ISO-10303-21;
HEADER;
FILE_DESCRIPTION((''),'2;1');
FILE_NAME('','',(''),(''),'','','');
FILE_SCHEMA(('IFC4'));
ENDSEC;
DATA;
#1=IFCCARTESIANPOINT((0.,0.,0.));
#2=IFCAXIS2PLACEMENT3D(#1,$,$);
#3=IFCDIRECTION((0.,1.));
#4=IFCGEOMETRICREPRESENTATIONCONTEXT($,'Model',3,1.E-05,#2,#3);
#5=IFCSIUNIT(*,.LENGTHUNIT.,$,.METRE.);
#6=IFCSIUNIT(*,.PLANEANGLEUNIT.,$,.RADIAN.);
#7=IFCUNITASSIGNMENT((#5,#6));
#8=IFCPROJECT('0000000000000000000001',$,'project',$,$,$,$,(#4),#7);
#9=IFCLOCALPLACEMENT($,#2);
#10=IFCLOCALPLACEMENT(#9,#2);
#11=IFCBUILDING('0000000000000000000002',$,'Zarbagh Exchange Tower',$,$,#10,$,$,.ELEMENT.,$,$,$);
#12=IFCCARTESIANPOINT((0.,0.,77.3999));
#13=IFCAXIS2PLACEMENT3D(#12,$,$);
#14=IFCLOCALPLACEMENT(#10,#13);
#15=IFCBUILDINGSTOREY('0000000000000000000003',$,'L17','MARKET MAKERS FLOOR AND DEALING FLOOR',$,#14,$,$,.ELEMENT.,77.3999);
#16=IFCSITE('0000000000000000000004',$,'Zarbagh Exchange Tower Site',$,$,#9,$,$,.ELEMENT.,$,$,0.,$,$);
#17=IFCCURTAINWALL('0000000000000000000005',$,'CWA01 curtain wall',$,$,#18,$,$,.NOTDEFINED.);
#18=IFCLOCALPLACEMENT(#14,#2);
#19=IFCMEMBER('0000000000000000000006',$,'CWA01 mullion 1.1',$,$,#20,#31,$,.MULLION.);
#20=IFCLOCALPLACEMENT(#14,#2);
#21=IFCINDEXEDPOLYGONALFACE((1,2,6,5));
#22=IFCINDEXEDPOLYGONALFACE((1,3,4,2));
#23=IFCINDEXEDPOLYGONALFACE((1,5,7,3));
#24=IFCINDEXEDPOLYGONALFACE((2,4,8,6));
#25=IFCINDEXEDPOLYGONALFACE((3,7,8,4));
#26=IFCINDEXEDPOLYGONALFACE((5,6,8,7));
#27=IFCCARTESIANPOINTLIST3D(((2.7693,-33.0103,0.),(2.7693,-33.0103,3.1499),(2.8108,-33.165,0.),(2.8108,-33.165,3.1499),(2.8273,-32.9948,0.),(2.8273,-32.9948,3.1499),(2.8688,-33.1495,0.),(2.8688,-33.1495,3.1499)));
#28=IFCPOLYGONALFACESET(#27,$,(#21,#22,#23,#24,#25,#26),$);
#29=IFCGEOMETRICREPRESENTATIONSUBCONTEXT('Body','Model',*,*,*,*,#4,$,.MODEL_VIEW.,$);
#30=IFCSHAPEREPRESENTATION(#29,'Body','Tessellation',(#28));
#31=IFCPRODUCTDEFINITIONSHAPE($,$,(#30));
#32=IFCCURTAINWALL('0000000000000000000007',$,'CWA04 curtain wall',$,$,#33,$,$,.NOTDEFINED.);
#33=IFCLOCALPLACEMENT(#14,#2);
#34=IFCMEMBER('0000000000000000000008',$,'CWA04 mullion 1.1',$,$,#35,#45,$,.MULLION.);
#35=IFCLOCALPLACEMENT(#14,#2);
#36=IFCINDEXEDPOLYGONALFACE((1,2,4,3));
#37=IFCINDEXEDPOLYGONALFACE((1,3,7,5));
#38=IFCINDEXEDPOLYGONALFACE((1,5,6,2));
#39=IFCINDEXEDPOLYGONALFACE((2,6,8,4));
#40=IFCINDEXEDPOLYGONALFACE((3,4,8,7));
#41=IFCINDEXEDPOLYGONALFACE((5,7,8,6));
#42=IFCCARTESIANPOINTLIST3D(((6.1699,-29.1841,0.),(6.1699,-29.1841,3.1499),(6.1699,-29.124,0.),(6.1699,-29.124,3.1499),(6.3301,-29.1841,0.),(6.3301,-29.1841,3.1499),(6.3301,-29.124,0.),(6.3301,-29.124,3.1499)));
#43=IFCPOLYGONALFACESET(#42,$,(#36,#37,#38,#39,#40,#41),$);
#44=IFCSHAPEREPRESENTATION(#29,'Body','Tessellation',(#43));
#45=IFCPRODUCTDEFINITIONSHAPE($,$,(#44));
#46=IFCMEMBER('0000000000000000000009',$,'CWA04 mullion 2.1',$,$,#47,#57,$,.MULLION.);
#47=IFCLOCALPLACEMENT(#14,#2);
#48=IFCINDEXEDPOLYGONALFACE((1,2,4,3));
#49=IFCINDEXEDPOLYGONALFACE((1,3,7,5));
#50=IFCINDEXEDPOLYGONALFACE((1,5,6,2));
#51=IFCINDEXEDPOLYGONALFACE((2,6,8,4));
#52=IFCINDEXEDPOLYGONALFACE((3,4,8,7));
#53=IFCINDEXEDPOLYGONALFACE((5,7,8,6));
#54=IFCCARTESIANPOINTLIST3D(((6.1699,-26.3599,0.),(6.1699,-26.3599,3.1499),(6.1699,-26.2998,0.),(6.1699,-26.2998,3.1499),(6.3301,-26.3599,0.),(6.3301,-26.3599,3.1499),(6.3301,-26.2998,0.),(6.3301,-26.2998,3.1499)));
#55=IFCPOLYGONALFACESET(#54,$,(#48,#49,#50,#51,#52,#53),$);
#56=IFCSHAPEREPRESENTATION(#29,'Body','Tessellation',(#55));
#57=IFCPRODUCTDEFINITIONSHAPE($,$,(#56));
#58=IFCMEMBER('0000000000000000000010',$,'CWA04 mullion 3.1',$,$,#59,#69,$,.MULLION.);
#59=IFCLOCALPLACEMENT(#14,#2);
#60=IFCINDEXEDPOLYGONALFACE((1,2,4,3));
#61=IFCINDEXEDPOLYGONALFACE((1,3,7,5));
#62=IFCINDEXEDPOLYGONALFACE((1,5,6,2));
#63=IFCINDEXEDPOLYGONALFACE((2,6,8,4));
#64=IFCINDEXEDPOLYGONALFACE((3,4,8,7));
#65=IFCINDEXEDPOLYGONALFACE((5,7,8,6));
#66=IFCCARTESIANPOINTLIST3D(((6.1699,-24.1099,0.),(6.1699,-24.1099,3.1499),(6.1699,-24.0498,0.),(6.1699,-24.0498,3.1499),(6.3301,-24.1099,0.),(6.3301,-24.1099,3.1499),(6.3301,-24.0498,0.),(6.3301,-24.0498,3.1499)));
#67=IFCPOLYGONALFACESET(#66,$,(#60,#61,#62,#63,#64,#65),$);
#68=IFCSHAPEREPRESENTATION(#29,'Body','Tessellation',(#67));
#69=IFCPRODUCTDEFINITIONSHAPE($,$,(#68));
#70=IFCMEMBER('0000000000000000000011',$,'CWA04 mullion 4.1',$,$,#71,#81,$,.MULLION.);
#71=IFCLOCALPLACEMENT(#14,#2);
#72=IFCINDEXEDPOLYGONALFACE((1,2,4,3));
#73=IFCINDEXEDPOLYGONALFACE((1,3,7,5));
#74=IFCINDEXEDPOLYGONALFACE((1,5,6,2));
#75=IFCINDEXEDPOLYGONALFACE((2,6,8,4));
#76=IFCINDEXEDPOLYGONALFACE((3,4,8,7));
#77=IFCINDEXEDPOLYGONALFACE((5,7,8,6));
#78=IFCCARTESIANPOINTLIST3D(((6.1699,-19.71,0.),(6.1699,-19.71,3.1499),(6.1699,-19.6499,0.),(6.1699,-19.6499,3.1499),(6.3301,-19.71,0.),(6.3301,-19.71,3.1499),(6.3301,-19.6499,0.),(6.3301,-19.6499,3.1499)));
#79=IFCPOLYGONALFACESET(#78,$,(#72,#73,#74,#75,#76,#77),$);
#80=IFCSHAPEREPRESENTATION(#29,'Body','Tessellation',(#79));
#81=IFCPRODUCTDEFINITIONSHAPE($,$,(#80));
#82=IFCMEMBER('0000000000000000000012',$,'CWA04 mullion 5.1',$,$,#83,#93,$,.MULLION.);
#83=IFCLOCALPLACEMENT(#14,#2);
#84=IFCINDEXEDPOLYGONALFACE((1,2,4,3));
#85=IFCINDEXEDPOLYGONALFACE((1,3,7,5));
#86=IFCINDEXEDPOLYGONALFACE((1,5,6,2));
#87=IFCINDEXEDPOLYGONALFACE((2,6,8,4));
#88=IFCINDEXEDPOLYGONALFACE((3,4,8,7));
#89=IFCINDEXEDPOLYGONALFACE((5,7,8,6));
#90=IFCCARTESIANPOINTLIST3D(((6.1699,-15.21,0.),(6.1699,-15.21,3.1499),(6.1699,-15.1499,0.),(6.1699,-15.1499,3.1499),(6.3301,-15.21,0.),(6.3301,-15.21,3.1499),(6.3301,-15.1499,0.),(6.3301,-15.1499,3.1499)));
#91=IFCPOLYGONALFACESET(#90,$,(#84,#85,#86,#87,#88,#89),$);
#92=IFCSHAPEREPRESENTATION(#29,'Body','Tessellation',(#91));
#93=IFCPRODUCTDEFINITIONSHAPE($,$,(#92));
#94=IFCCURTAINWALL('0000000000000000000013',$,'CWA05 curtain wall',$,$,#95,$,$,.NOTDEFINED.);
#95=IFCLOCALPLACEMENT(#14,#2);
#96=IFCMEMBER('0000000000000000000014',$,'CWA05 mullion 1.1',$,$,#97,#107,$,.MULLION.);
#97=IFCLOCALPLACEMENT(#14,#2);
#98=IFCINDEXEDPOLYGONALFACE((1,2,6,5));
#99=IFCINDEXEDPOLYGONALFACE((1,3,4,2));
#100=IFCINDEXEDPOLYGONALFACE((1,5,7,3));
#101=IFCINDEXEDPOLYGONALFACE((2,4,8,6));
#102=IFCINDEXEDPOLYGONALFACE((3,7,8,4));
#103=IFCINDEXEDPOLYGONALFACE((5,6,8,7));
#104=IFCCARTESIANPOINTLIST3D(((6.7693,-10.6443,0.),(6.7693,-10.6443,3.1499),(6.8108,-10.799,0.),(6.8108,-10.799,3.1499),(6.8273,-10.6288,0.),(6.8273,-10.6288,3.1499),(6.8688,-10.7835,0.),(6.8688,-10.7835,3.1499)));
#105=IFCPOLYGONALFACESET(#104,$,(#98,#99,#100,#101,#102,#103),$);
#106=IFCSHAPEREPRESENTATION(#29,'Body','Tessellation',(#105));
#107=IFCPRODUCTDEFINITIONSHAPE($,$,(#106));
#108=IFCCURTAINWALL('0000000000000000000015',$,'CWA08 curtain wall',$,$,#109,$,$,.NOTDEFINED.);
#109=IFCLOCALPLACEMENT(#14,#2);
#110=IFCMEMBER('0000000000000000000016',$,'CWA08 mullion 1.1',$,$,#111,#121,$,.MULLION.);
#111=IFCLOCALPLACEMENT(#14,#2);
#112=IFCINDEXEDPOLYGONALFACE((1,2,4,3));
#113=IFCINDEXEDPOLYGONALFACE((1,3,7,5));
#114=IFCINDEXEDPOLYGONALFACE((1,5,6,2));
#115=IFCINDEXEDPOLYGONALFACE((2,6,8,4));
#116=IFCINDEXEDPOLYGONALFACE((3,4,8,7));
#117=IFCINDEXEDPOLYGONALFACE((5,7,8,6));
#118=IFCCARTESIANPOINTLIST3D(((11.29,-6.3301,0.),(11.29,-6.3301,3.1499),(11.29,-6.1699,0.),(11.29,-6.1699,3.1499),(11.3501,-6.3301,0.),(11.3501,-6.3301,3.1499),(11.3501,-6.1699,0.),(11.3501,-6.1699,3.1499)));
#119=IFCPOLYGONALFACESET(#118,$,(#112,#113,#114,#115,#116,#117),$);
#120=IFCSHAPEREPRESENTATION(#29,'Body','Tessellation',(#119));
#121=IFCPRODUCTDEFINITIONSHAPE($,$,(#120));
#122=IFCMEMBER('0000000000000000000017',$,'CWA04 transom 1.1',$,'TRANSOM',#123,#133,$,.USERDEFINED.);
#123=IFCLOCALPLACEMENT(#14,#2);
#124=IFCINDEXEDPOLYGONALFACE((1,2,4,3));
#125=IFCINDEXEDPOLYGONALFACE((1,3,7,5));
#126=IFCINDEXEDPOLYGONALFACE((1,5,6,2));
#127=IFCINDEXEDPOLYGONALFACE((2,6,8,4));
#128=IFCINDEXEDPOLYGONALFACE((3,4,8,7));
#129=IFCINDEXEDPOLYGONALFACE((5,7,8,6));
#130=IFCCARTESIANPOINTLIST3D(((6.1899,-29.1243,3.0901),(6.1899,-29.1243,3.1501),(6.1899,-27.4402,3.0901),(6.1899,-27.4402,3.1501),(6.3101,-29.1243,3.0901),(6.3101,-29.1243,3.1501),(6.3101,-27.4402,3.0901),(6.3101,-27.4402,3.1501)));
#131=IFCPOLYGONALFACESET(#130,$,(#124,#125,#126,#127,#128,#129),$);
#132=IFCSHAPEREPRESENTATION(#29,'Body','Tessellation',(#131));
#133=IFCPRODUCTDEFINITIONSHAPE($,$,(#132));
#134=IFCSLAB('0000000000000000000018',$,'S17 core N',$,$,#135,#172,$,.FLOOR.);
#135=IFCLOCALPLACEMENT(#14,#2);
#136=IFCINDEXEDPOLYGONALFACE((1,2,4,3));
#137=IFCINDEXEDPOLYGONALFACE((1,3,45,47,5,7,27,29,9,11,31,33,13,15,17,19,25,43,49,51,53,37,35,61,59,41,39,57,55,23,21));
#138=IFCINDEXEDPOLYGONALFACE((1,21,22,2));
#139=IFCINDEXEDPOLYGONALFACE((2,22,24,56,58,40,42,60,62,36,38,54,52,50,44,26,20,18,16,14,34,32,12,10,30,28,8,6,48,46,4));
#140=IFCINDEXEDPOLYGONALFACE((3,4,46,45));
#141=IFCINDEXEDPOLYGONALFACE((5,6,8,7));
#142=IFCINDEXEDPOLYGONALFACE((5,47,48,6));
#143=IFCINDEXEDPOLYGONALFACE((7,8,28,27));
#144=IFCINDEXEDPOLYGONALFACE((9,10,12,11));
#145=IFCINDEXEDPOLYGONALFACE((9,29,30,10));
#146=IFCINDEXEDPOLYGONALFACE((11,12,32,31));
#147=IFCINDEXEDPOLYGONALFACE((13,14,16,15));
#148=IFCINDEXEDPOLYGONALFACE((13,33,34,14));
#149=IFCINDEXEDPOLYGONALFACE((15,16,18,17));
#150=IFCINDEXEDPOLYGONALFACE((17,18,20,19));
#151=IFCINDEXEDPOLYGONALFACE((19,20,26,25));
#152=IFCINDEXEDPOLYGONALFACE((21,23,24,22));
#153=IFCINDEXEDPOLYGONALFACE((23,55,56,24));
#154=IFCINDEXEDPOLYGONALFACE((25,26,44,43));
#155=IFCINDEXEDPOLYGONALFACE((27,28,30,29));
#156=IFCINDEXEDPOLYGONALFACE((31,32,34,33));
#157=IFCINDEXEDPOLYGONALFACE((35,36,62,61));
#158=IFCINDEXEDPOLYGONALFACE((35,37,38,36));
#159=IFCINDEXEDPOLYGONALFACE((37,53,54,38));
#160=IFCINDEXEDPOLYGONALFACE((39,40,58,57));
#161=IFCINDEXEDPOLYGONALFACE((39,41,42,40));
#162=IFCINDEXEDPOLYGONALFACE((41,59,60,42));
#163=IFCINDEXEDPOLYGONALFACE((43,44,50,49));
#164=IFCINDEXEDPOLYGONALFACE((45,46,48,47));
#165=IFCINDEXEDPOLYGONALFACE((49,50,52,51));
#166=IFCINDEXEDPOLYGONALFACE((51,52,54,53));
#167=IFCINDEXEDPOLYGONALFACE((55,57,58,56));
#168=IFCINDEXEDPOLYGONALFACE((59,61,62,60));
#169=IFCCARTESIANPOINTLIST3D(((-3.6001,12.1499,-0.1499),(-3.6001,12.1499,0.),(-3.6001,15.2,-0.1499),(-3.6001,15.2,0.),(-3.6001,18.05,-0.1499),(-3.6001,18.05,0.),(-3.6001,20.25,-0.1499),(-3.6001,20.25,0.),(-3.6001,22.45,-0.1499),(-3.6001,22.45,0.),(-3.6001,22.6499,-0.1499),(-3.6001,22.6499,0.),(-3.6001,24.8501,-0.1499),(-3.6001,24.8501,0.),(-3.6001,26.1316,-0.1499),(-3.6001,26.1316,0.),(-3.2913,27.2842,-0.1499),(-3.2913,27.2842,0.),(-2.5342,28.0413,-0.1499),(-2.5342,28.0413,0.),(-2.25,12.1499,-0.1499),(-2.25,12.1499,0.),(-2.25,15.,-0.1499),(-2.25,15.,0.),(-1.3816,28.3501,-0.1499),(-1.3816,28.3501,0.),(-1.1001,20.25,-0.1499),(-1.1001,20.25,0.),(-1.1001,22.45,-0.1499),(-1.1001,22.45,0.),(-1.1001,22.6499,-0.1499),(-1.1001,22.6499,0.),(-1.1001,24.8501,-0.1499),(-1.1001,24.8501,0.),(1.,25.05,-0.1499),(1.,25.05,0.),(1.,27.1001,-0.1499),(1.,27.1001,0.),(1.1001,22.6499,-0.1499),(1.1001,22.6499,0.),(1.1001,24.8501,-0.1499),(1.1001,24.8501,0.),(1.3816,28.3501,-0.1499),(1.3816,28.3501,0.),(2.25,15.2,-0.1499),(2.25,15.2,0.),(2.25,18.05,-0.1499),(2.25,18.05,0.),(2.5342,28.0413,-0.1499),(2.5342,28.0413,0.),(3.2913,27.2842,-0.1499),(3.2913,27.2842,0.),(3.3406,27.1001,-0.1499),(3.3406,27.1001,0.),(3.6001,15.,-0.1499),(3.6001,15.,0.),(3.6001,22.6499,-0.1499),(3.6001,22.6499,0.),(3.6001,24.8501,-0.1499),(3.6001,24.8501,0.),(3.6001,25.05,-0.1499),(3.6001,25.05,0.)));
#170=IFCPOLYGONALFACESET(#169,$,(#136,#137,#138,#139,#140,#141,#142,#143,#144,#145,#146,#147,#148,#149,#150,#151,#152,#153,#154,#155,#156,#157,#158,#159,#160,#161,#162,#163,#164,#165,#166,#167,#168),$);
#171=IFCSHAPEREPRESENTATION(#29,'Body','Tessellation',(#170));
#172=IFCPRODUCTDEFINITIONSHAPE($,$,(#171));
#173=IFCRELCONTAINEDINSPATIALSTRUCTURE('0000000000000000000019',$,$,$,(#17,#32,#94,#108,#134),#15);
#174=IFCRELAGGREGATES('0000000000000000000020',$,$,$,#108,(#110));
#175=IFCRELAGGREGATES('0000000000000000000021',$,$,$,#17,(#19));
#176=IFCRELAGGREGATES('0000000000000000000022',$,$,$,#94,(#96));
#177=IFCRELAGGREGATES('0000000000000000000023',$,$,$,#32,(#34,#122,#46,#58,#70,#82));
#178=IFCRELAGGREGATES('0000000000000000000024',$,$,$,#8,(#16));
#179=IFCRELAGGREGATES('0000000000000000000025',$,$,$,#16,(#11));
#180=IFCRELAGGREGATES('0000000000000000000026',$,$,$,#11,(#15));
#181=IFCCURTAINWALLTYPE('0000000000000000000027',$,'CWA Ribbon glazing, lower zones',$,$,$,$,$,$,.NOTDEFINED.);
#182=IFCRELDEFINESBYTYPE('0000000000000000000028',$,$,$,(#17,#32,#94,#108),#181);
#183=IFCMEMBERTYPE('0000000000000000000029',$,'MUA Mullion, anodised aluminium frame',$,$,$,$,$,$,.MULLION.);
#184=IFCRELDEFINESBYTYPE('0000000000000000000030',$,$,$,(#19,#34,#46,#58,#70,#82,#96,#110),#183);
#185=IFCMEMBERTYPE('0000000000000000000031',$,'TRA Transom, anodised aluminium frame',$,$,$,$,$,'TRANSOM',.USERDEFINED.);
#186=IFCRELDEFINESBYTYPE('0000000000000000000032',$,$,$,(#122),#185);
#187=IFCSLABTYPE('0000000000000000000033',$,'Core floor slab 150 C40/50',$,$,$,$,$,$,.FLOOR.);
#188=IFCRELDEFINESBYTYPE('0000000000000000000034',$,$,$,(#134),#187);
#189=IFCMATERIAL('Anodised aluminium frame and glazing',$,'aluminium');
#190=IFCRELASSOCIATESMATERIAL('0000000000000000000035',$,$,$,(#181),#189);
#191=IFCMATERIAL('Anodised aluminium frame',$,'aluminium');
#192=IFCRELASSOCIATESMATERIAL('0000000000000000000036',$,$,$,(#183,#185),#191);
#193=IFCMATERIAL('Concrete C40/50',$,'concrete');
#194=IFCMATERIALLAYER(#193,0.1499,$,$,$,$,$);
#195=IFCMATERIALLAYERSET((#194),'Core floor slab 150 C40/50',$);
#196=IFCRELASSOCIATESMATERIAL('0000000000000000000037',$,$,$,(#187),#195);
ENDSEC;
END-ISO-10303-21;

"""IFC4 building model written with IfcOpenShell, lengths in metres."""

from ifc_helpers import new_model, si_unit, direction, frame, origin, place, context, subcontext, project, spatial, polyline, outline, extrude, source, transform, mapped, material, layer, layer_set, type_object, element, aggregate, save


model = new_model("IFC4")

# Units and contexts
model_context = context("Model", 3, precision=1e-05, world=origin(), true_north=direction((0.0, 1.0)))
body_context = subcontext(model_context, "Body", "Model", "MODEL_VIEW")
ifc_project = project(units=[si_unit("LENGTHUNIT", "METRE"), si_unit("PLANEANGLEUNIT", "RADIAN")], contexts=[model_context])

# Site, building, storey
site_placement = place(None, origin())
site = spatial("IfcSite", under=ifc_project, at=site_placement, Name="Zarbagh Exchange Tower Site", CompositionType="ELEMENT", RefElevation=0.0)
building_placement = place(site_placement, origin())
building = spatial("IfcBuilding", under=site, at=building_placement, Name="Zarbagh Exchange Tower", CompositionType="ELEMENT")
storey_placement = place(building_placement, frame((0.0, 0.0, 77.3999)))
storey = spatial("IfcBuildingStorey", under=building, at=storey_placement, Name="L17", Description="MARKET MAKERS FLOOR AND DEALING FLOOR", CompositionType="ELEMENT", Elevation=77.3999)

# Curtain wall, member
ifc_material_1 = material(Name="Anodised aluminium frame and glazing", Category="aluminium")
curtain_wall_type = type_object("IfcCurtainWallType", Name="CWA Ribbon glazing, lower zones", PredefinedType="NOTDEFINED", material=ifc_material_1)
curtain_wall_1_placement = place(storey_placement, origin())
curtain_wall_1 = element("IfcCurtainWall", 1, at=curtain_wall_1_placement, inside=storey, type_object=curtain_wall_type, Name="CWA01 curtain wall", PredefinedType="NOTDEFINED")
ifc_material_2 = material(Name="Anodised aluminium frame", Category="aluminium")
member_type_1 = type_object("IfcMemberType", Name="MUA Mullion, anodised aluminium frame", PredefinedType="MULLION", material=ifc_material_2)
shared_shape_1 = source(origin(), body_context, "Body", "SweptSolid", [
    extrude(outline(polyline([(0.0, -0.0801), (0.0601, -0.0801), (0.0601, 0.0801), (0.0, 0.0801), (0.0, -0.0801)])), origin(), (0.0, 0.0, 1.0), 3.1499),
])
placement = place(storey_placement, origin())
member_1 = element("IfcMember", 2, at=placement, type_object=member_type_1, Name="CWA01 mullion 1.1", PredefinedType="MULLION", context=body_context, shape_type="MappedRepresentation", body=[
    mapped(shared_shape_1, transform((2.79, -33.0876, 0.0), x_axis=(0.965924, 0.258825, 0.0), y_axis=(-0.258825, 0.965924, 0.0), z_axis=(0.0, 0.0, 1.0))),
])

# Curtain wall, members
curtain_wall_2_placement = place(storey_placement, origin())
curtain_wall_2 = element("IfcCurtainWall", 3, at=curtain_wall_2_placement, inside=storey, type_object=curtain_wall_type, Name="CWA04 curtain wall", PredefinedType="NOTDEFINED")
member_2 = element("IfcMember", 4, at=placement, type_object=member_type_1, Name="CWA04 mullion 1.1", PredefinedType="MULLION", context=body_context, shape_type="MappedRepresentation", body=[
    mapped(shared_shape_1, transform((6.25, -29.1841, 0.0), x_axis=(0.0, 1.0, 0.0), y_axis=(-1.0, 0.0, 0.0), z_axis=(0.0, 0.0, 1.0))),
])
member_3 = element("IfcMember", 5, at=placement, type_object=member_type_1, Name="CWA04 mullion 2.1", PredefinedType="MULLION", context=body_context, shape_type="MappedRepresentation", body=[
    mapped(shared_shape_1, transform((6.25, -26.3599, 0.0), x_axis=(0.0, 1.0, 0.0), y_axis=(-1.0, 0.0, 0.0), z_axis=(0.0, 0.0, 1.0))),
])
member_4 = element("IfcMember", 6, at=placement, type_object=member_type_1, Name="CWA04 mullion 3.1", PredefinedType="MULLION", context=body_context, shape_type="MappedRepresentation", body=[
    mapped(shared_shape_1, transform((6.25, -24.1099, 0.0), x_axis=(0.0, 1.0, 0.0), y_axis=(-1.0, 0.0, 0.0), z_axis=(0.0, 0.0, 1.0))),
])
member_5 = element("IfcMember", 7, at=placement, type_object=member_type_1, Name="CWA04 mullion 4.1", PredefinedType="MULLION", context=body_context, shape_type="MappedRepresentation", body=[
    mapped(shared_shape_1, transform((6.25, -19.71, 0.0), x_axis=(0.0, 1.0, 0.0), y_axis=(-1.0, 0.0, 0.0), z_axis=(0.0, 0.0, 1.0))),
])
member_6 = element("IfcMember", 8, at=placement, type_object=member_type_1, Name="CWA04 mullion 5.1", PredefinedType="MULLION", context=body_context, shape_type="MappedRepresentation", body=[
    mapped(shared_shape_1, transform((6.25, -15.21, 0.0), x_axis=(0.0, 1.0, 0.0), y_axis=(-1.0, 0.0, 0.0), z_axis=(0.0, 0.0, 1.0))),
])

# Curtain walls, members
curtain_wall_3_placement = place(storey_placement, origin())
curtain_wall_3 = element("IfcCurtainWall", 9, at=curtain_wall_3_placement, inside=storey, type_object=curtain_wall_type, Name="CWA05 curtain wall", PredefinedType="NOTDEFINED")
member_7 = element("IfcMember", 10, at=placement, type_object=member_type_1, Name="CWA05 mullion 1.1", PredefinedType="MULLION", context=body_context, shape_type="MappedRepresentation", body=[
    mapped(shared_shape_1, transform((6.79, -10.7217, 0.0), x_axis=(0.965924, 0.258825, 0.0), y_axis=(-0.258825, 0.965924, 0.0), z_axis=(0.0, 0.0, 1.0))),
])
curtain_wall_4_placement = place(storey_placement, origin())
curtain_wall_4 = element("IfcCurtainWall", 11, at=curtain_wall_4_placement, inside=storey, type_object=curtain_wall_type, Name="CWA08 curtain wall", PredefinedType="NOTDEFINED")
member_8 = element("IfcMember", 12, at=placement, type_object=member_type_1, Name="CWA08 mullion 1.1", PredefinedType="MULLION", context=body_context, shape_type="MappedRepresentation", body=[
    mapped(shared_shape_1, transform((11.29, -6.25, 0.0), x_axis=(1.0, 0.0, 0.0), y_axis=(0.0, 1.0, 0.0), z_axis=(0.0, 0.0, 1.0))),
])
aggregate(curtain_wall_4, [member_8])

# Member
member_type_2 = type_object("IfcMemberType", Name="TRA Transom, anodised aluminium frame", ElementType="TRANSOM", PredefinedType="USERDEFINED", material=ifc_material_2)
shared_shape_2 = source(origin(), body_context, "Body", "SweptSolid", [
    extrude(outline(polyline([(-0.0601, -0.0601), (0.0, -0.0601), (0.0, 0.0601), (-0.0601, 0.0601), (-0.0601, -0.0601)])), origin(), (0.0, 0.0, 1.0), 1.6841),
])
member_9 = element("IfcMember", 13, at=placement, type_object=member_type_2, Name="CWA04 transom 1.1", ObjectType="TRANSOM", PredefinedType="USERDEFINED", context=body_context, shape_type="MappedRepresentation", body=[
    mapped(shared_shape_2, transform((6.25, -29.1243, 3.1501), x_axis=(0.0, 0.0, 1.0), y_axis=(1.0, 0.0, 0.0), z_axis=(0.0, 1.0, 0.0))),
])

# Slab
ifc_material_3 = material(Name="Concrete C40/50", Category="concrete")
ifc_layer_1 = layer(ifc_material_3, 0.1499)
ifc_layer_set_1 = layer_set([ifc_layer_1], Name="Core floor slab 150 C40/50")
slab_type = type_object("IfcSlabType", Name="Core floor slab 150 C40/50", PredefinedType="FLOOR", material=ifc_layer_set_1)
slab_1_placement = place(storey_placement, frame((0.0, 0.0, -0.1499)))
element("IfcSlab", 14, at=slab_1_placement, inside=storey, type_object=slab_type, Name="S17 core N", PredefinedType="FLOOR", context=body_context, shape_type="SweptSolid", body=[
    extrude(outline(polyline([(-3.6001, 12.1499), (-3.6001, 15.2), (2.25, 15.2), (2.25, 18.05), (-3.6001, 18.05), (-3.6001, 20.25), (-1.1001, 20.25), (-1.1001, 22.45), (-3.6001, 22.45), (-3.6001, 22.6499), (-1.1001, 22.6499), (-1.1001, 24.8501), (-3.6001, 24.8501), (-3.6001, 26.1316), (-3.2913, 27.2842), (-2.5342, 28.0413), (-1.3816, 28.3501), (1.3816, 28.3501), (2.5342, 28.0413), (3.2913, 27.2842), (3.3406, 27.1001), (1.0, 27.1001), (1.0, 25.05), (3.6001, 25.05), (3.6001, 24.8501), (1.1001, 24.8501), (1.1001, 22.6499), (3.6001, 22.6499), (3.6001, 15.0), (-2.25, 15.0), (-2.25, 12.1499), (-3.6001, 12.1499)])), origin(), (0.0, 0.0, 1.0), 0.1499),
])

aggregate(curtain_wall_1, [member_1])

aggregate(curtain_wall_3, [member_7])

aggregate(curtain_wall_2, [member_2, member_9, member_3, member_4, member_5, member_6])

save(model, "model.ifc")
